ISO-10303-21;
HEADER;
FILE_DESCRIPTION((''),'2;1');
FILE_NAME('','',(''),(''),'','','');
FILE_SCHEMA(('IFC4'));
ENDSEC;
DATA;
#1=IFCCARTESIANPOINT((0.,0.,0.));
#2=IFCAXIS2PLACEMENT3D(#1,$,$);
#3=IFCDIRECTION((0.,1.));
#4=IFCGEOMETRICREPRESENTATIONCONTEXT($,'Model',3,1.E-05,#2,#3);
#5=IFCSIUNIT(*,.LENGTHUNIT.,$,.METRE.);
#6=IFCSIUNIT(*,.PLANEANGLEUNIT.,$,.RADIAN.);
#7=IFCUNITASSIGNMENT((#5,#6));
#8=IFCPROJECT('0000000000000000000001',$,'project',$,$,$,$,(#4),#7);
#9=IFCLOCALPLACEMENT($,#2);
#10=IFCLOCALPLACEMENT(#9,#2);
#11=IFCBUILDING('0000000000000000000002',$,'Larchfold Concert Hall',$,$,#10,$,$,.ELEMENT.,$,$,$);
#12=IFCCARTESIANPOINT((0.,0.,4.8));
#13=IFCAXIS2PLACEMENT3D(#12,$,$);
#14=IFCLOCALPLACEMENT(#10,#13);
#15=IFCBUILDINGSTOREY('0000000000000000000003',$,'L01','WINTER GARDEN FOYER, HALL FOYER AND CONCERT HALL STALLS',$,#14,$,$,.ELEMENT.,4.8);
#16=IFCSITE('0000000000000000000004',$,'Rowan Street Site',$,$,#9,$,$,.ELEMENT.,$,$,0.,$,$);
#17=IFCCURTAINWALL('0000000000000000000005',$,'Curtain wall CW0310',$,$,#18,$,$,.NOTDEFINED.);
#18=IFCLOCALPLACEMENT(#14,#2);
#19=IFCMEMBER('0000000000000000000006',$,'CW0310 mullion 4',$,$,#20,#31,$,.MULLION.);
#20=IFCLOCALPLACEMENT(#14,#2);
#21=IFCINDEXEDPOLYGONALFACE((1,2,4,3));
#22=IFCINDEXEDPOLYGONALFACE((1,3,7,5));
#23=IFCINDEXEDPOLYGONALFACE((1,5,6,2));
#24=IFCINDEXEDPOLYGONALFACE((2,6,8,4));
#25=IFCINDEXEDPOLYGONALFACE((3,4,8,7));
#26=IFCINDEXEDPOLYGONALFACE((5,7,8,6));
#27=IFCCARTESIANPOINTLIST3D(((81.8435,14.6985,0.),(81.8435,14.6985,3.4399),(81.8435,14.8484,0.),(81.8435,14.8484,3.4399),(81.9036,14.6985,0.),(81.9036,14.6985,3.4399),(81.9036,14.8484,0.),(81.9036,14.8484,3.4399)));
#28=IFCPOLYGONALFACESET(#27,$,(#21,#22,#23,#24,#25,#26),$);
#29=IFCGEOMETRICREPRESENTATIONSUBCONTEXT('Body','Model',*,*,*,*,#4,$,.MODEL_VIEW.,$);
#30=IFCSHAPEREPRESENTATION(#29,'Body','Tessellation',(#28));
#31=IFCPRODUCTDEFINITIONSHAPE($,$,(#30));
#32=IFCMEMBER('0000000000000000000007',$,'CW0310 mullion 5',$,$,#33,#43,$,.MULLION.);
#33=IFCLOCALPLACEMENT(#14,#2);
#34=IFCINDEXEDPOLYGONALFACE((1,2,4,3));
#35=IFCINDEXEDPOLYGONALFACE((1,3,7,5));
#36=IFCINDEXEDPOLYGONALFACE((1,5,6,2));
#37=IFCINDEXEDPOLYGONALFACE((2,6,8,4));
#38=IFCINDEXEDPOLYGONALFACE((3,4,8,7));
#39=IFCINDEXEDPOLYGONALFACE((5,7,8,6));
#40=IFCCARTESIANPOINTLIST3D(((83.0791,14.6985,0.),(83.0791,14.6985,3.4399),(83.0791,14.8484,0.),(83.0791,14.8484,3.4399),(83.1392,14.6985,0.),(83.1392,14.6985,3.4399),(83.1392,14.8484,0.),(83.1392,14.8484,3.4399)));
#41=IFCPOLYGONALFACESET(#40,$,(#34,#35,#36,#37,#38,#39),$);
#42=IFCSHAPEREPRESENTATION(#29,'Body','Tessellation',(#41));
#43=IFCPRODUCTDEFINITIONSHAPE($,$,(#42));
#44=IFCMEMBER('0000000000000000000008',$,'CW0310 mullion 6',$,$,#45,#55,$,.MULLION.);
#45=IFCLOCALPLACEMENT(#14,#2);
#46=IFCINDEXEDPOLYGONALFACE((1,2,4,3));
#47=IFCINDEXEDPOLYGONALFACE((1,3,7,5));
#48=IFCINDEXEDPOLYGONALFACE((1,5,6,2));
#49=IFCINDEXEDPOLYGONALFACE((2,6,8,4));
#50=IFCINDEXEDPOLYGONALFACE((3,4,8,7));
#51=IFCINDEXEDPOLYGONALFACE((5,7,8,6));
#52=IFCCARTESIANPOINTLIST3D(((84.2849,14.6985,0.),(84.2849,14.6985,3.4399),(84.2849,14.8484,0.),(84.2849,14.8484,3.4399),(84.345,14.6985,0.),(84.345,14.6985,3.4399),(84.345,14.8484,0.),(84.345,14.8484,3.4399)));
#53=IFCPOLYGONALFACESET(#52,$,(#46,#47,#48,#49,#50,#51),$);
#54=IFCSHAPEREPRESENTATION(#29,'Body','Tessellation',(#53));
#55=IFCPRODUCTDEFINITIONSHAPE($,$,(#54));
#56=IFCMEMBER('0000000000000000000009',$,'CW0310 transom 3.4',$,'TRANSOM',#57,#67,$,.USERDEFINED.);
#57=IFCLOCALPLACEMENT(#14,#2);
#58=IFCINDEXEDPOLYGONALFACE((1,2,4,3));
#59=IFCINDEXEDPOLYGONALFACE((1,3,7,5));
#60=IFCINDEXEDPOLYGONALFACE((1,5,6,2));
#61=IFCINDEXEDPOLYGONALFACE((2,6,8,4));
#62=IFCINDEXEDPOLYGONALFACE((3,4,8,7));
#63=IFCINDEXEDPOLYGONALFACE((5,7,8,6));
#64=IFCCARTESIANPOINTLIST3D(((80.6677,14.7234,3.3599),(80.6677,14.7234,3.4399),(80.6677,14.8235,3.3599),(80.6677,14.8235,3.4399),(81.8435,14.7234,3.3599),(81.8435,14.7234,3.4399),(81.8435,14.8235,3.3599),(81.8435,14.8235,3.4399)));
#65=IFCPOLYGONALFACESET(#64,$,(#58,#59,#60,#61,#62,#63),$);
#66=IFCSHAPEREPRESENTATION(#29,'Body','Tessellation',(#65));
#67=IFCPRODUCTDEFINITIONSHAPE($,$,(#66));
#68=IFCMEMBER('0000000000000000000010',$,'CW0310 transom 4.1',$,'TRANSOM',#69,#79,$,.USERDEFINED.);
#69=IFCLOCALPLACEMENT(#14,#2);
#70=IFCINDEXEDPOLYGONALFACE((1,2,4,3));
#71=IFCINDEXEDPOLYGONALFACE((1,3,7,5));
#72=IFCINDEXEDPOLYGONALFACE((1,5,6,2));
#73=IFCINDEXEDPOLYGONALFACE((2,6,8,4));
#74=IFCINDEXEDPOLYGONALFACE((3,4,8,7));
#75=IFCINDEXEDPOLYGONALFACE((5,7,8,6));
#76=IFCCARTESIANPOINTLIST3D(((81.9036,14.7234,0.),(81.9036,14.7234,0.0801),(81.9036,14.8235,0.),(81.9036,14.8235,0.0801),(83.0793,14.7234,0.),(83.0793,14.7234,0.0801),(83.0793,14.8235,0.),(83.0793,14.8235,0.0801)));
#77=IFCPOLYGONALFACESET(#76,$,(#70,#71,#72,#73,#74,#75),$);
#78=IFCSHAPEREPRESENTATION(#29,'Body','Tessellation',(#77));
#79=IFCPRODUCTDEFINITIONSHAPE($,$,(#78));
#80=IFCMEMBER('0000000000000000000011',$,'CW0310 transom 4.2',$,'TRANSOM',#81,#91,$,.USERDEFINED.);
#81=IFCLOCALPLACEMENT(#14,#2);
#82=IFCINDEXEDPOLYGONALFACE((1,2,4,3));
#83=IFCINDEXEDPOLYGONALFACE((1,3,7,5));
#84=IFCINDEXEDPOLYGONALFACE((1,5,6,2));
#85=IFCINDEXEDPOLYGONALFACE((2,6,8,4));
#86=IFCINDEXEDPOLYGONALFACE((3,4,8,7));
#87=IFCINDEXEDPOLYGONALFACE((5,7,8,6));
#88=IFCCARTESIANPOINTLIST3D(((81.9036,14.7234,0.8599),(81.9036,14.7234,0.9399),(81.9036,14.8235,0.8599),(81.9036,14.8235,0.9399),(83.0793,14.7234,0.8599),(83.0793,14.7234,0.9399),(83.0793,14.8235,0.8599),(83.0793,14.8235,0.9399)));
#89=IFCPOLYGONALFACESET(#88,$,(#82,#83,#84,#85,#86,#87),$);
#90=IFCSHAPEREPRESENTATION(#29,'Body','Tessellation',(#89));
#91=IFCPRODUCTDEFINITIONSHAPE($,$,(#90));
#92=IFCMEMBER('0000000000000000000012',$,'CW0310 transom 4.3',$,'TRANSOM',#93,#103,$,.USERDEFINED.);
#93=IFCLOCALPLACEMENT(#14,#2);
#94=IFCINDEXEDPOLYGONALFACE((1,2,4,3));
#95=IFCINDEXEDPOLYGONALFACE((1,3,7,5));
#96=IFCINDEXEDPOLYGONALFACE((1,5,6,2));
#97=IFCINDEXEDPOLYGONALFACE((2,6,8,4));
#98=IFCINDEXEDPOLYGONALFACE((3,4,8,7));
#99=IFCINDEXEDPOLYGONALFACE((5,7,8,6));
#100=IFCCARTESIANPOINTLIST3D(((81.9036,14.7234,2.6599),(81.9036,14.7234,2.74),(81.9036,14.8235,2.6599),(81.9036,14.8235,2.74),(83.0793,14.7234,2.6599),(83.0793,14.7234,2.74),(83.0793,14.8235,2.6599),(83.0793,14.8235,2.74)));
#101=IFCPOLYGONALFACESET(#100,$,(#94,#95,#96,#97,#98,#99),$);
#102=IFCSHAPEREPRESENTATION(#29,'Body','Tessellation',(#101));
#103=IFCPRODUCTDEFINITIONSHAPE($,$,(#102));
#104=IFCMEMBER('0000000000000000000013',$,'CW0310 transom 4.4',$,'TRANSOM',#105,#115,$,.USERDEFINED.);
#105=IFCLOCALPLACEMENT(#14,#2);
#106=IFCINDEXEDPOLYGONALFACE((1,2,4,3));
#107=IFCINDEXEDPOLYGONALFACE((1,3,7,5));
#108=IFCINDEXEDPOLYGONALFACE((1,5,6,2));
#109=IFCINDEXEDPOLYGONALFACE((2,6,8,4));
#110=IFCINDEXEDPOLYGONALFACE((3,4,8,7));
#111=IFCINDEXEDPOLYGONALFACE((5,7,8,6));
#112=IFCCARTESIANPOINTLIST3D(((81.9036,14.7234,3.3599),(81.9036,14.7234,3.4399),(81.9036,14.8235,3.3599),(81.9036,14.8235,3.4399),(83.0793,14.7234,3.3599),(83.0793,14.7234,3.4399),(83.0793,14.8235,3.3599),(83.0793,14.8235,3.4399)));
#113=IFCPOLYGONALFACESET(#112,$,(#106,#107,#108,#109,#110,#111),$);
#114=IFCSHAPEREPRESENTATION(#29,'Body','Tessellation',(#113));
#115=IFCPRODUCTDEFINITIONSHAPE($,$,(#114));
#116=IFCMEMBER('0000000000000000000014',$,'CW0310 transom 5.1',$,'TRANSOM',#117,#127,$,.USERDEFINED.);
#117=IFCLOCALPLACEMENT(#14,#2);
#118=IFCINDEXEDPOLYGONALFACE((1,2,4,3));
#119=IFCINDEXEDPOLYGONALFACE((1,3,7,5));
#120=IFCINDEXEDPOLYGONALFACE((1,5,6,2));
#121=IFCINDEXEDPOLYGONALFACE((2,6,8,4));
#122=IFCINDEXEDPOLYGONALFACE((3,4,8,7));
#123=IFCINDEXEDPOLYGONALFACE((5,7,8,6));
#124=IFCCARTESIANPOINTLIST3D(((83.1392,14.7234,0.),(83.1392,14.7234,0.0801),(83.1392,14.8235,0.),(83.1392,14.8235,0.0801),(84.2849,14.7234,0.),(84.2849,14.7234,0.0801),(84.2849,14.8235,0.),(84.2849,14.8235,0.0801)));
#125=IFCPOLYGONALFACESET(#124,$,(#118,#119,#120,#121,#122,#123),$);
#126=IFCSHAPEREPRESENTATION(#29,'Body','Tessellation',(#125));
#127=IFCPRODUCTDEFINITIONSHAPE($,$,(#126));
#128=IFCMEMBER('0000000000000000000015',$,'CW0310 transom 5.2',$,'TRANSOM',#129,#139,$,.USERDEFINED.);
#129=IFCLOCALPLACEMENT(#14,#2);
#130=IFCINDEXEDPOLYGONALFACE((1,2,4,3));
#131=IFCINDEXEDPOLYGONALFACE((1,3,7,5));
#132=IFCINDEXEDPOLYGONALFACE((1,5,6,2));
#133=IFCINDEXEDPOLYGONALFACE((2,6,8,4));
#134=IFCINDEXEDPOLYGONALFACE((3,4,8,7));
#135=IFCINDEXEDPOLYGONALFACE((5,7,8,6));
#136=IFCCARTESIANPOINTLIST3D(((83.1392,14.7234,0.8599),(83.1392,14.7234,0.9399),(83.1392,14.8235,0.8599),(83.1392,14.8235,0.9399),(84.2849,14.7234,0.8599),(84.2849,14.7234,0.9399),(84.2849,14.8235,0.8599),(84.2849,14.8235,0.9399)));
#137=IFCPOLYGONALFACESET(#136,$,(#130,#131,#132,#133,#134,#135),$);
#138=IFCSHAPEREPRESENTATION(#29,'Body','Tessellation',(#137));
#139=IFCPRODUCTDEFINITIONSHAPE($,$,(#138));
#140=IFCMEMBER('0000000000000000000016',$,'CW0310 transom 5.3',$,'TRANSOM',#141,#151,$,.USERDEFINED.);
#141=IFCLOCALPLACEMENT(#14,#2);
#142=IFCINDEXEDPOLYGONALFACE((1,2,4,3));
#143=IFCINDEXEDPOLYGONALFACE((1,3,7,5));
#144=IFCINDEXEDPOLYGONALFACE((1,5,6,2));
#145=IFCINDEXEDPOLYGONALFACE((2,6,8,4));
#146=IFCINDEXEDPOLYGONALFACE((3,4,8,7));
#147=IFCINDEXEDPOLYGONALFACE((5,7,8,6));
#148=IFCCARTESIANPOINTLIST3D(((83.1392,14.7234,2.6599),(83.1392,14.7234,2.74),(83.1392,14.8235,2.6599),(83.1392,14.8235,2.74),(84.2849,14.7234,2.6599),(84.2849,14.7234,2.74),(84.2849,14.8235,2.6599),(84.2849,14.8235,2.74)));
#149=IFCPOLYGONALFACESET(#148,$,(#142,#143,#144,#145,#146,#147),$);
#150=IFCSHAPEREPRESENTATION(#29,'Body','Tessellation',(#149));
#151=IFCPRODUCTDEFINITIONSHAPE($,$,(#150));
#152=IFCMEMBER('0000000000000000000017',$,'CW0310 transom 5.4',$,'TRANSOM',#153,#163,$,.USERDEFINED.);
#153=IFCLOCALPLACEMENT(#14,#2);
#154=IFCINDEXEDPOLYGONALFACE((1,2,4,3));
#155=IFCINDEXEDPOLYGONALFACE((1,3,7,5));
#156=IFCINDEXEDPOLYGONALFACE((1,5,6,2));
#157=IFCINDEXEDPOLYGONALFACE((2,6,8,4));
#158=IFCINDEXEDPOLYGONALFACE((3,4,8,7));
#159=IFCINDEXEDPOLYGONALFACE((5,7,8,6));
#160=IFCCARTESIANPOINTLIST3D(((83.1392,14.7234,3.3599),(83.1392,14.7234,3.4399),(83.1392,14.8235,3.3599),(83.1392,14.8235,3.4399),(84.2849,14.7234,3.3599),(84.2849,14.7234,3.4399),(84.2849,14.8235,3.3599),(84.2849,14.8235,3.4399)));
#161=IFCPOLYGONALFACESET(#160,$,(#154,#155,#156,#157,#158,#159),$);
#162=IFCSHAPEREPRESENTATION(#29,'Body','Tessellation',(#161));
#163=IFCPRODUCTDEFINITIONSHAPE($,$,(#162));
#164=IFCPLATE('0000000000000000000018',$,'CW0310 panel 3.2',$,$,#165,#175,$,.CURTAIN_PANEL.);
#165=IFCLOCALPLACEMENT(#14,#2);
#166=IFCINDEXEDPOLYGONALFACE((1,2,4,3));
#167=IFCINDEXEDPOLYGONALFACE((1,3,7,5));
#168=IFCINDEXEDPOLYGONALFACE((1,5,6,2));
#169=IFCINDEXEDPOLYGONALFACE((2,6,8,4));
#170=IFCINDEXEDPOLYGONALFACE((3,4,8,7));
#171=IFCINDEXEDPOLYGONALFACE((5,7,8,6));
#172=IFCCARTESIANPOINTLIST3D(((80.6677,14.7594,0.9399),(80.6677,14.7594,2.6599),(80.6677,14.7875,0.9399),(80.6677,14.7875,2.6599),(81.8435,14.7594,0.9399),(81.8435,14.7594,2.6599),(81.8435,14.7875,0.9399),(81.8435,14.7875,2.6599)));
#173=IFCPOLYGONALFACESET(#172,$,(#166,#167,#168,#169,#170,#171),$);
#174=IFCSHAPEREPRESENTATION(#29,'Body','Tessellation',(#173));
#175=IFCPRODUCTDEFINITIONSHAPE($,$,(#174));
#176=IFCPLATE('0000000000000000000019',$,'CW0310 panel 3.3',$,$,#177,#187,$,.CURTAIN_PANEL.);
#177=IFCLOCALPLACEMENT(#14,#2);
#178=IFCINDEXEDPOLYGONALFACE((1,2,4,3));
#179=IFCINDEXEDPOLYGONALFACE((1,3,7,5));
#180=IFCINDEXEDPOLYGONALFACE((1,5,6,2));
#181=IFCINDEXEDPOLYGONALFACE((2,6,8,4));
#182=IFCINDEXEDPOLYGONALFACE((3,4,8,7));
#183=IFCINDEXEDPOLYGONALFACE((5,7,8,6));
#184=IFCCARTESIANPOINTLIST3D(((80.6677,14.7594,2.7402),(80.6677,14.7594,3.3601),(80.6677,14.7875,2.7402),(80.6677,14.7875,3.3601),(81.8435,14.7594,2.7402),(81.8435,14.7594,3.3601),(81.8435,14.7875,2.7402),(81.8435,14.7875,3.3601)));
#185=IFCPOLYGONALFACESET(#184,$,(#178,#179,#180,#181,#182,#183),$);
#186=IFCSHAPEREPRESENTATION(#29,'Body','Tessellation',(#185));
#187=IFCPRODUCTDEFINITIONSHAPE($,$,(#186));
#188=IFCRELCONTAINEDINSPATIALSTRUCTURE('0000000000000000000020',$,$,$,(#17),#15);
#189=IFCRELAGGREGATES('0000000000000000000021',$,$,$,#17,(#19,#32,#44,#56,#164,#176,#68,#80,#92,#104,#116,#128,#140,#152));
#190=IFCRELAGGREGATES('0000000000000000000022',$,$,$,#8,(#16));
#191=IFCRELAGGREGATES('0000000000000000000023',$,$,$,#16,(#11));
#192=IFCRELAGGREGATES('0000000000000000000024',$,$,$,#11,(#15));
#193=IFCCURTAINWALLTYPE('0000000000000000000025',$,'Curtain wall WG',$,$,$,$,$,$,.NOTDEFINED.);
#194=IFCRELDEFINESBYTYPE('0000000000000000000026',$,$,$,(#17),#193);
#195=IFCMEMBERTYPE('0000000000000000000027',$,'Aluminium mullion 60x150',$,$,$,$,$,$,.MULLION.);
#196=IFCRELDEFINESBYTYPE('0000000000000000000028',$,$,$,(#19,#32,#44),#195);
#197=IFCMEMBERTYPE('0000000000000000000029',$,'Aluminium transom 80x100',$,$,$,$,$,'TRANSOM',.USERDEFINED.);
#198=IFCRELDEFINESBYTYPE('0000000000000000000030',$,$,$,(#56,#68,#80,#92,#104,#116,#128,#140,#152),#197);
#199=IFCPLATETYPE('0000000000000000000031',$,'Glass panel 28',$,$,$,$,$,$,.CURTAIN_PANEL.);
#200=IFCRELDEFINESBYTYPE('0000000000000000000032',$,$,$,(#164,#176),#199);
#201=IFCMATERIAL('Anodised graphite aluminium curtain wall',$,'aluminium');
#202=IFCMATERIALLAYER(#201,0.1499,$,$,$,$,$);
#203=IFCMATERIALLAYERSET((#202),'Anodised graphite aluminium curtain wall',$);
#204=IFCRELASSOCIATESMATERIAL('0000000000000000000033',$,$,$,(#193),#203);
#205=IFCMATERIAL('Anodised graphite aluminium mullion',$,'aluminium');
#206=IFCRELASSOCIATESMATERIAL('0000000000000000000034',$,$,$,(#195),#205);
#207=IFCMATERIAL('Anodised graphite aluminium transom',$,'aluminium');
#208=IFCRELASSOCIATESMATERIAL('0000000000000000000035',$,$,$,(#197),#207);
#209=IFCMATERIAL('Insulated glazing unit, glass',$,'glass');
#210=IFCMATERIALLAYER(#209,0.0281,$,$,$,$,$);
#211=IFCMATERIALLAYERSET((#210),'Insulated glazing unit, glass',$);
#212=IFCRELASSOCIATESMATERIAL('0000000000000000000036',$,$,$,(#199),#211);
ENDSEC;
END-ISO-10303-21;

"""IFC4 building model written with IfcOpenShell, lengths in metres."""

from ifc_helpers import new_model, si_unit, direction, frame, origin, origin_2d, place, context, subcontext, project, spatial, rectangle, extrude, material, layer, layer_set, material_profile, profile_set, type_object, element, aggregate, save


model = new_model("IFC4")

# Units and contexts
model_context = context("Model", 3, precision=1e-05, world=origin(), true_north=direction((0.0, 1.0)))
body_context = subcontext(model_context, "Body", "Model", "MODEL_VIEW")
ifc_project = project(units=[si_unit("LENGTHUNIT", "METRE"), si_unit("PLANEANGLEUNIT", "RADIAN")], contexts=[model_context])

# Site, building, storey
site_placement = place(None, origin())
site = spatial("IfcSite", under=ifc_project, at=site_placement, Name="Rowan Street Site", CompositionType="ELEMENT", RefElevation=0.0)
building_placement = place(site_placement, origin())
building = spatial("IfcBuilding", under=site, at=building_placement, Name="Larchfold Concert Hall", CompositionType="ELEMENT")
storey_placement = place(building_placement, frame((0.0, 0.0, 4.8)))
storey = spatial("IfcBuildingStorey", under=building, at=storey_placement, Name="L01", Description="WINTER GARDEN FOYER, HALL FOYER AND CONCERT HALL STALLS", CompositionType="ELEMENT", Elevation=4.8)

# Curtain wall, members, plates
ifc_material_1 = material(Name="Anodised graphite aluminium curtain wall", Category="aluminium")
ifc_layer_1 = layer(ifc_material_1, 0.1499)
ifc_layer_set_1 = layer_set([ifc_layer_1], Name="Anodised graphite aluminium curtain wall")
curtain_wall_type = type_object("IfcCurtainWallType", Name="Curtain wall WG", PredefinedType="NOTDEFINED", material=ifc_layer_set_1)
curtain_wall_placement = place(storey_placement, origin())
curtain_wall = element("IfcCurtainWall", 1, at=curtain_wall_placement, inside=storey, type_object=curtain_wall_type, Name="Curtain wall CW0310", PredefinedType="NOTDEFINED")
ifc_material_2 = material(Name="Anodised graphite aluminium mullion", Category="aluminium")
ifc_material_profile_1 = material_profile(ifc_material_2, rectangle(XDim=0.1499, YDim=0.0601, at=origin_2d()))
ifc_profile_set_1 = profile_set([ifc_material_profile_1], Name="Anodised graphite aluminium mullion")
member_type_1 = type_object("IfcMemberType", Name="Aluminium mullion 60x150", PredefinedType="MULLION", material=ifc_profile_set_1)
member_1_placement = place(storey_placement, frame((81.8735, 14.7734, 0.0), z_axis=(0.0, 0.0, 1.0), x_axis=(0.0, 1.0, 0.0)))
member_1 = element("IfcMember", 2, at=member_1_placement, type_object=member_type_1, Name="CW0310 mullion 4", PredefinedType="MULLION", context=body_context, shape_type="SweptSolid", body=[
    extrude(rectangle(XDim=0.1499, YDim=0.0601, at=origin_2d()), origin(), (0.0, 0.0, 1.0), 3.4399),
])
member_2_placement = place(storey_placement, frame((83.1091, 14.7734, 0.0), z_axis=(0.0, 0.0, 1.0), x_axis=(0.0, 1.0, 0.0)))
member_2 = element("IfcMember", 3, at=member_2_placement, type_object=member_type_1, Name="CW0310 mullion 5", PredefinedType="MULLION", context=body_context, shape_type="SweptSolid", body=[
    extrude(rectangle(XDim=0.1499, YDim=0.0601, at=origin_2d()), origin(), (0.0, 0.0, 1.0), 3.4399),
])
member_3_placement = place(storey_placement, frame((84.3149, 14.7734, 0.0), z_axis=(0.0, 0.0, 1.0), x_axis=(0.0, 1.0, 0.0)))
member_3 = element("IfcMember", 4, at=member_3_placement, type_object=member_type_1, Name="CW0310 mullion 6", PredefinedType="MULLION", context=body_context, shape_type="SweptSolid", body=[
    extrude(rectangle(XDim=0.1499, YDim=0.0601, at=origin_2d()), origin(), (0.0, 0.0, 1.0), 3.4399),
])
ifc_material_3 = material(Name="Anodised graphite aluminium transom", Category="aluminium")
ifc_material_profile_2 = material_profile(ifc_material_3, rectangle(XDim=0.1001, YDim=0.0801, at=origin_2d()))
ifc_profile_set_2 = profile_set([ifc_material_profile_2], Name="Anodised graphite aluminium transom")
member_type_2 = type_object("IfcMemberType", Name="Aluminium transom 80x100", ElementType="TRANSOM", PredefinedType="USERDEFINED", material=ifc_profile_set_2)
member_4_placement = place(storey_placement, frame((80.6677, 14.7734, 3.3999), z_axis=(1.0, 0.0, 0.0), x_axis=(0.0, 1.0, 0.0)))
member_4 = element("IfcMember", 5, at=member_4_placement, type_object=member_type_2, Name="CW0310 transom 3.4", ObjectType="TRANSOM", PredefinedType="USERDEFINED", context=body_context, shape_type="SweptSolid", body=[
    extrude(rectangle(XDim=0.1001, YDim=0.0801, at=origin_2d()), origin(), (0.0, 0.0, 1.0), 1.1758),
])
member_5_placement = place(storey_placement, frame((81.9036, 14.7734, 0.04), z_axis=(1.0, 0.0, 0.0), x_axis=(0.0, 1.0, 0.0)))
member_5 = element("IfcMember", 6, at=member_5_placement, type_object=member_type_2, Name="CW0310 transom 4.1", ObjectType="TRANSOM", PredefinedType="USERDEFINED", context=body_context, shape_type="SweptSolid", body=[
    extrude(rectangle(XDim=0.1001, YDim=0.0801, at=origin_2d()), origin(), (0.0, 0.0, 1.0), 1.1758),
])
member_6_placement = place(storey_placement, frame((81.9036, 14.7734, 0.8999), z_axis=(1.0, 0.0, 0.0), x_axis=(0.0, 1.0, 0.0)))
member_6 = element("IfcMember", 7, at=member_6_placement, type_object=member_type_2, Name="CW0310 transom 4.2", ObjectType="TRANSOM", PredefinedType="USERDEFINED", context=body_context, shape_type="SweptSolid", body=[
    extrude(rectangle(XDim=0.1001, YDim=0.0801, at=origin_2d()), origin(), (0.0, 0.0, 1.0), 1.1758),
])
member_7_placement = place(storey_placement, frame((81.9036, 14.7734, 2.7), z_axis=(1.0, 0.0, 0.0), x_axis=(0.0, 1.0, 0.0)))
member_7 = element("IfcMember", 8, at=member_7_placement, type_object=member_type_2, Name="CW0310 transom 4.3", ObjectType="TRANSOM", PredefinedType="USERDEFINED", context=body_context, shape_type="SweptSolid", body=[
    extrude(rectangle(XDim=0.1001, YDim=0.0801, at=origin_2d()), origin(), (0.0, 0.0, 1.0), 1.1758),
])
member_8_placement = place(storey_placement, frame((81.9036, 14.7734, 3.3999), z_axis=(1.0, 0.0, 0.0), x_axis=(0.0, 1.0, 0.0)))
member_8 = element("IfcMember", 9, at=member_8_placement, type_object=member_type_2, Name="CW0310 transom 4.4", ObjectType="TRANSOM", PredefinedType="USERDEFINED", context=body_context, shape_type="SweptSolid", body=[
    extrude(rectangle(XDim=0.1001, YDim=0.0801, at=origin_2d()), origin(), (0.0, 0.0, 1.0), 1.1758),
])
member_9_placement = place(storey_placement, frame((83.1392, 14.7734, 0.04), z_axis=(1.0, 0.0, 0.0), x_axis=(0.0, 1.0, 0.0)))
member_9 = element("IfcMember", 10, at=member_9_placement, type_object=member_type_2, Name="CW0310 transom 5.1", ObjectType="TRANSOM", PredefinedType="USERDEFINED", context=body_context, shape_type="SweptSolid", body=[
    extrude(rectangle(XDim=0.1001, YDim=0.0801, at=origin_2d()), origin(), (0.0, 0.0, 1.0), 1.1458),
])
member_10_placement = place(storey_placement, frame((83.1392, 14.7734, 0.8999), z_axis=(1.0, 0.0, 0.0), x_axis=(0.0, 1.0, 0.0)))
member_10 = element("IfcMember", 11, at=member_10_placement, type_object=member_type_2, Name="CW0310 transom 5.2", ObjectType="TRANSOM", PredefinedType="USERDEFINED", context=body_context, shape_type="SweptSolid", body=[
    extrude(rectangle(XDim=0.1001, YDim=0.0801, at=origin_2d()), origin(), (0.0, 0.0, 1.0), 1.1458),
])
member_11_placement = place(storey_placement, frame((83.1392, 14.7734, 2.7), z_axis=(1.0, 0.0, 0.0), x_axis=(0.0, 1.0, 0.0)))
member_11 = element("IfcMember", 12, at=member_11_placement, type_object=member_type_2, Name="CW0310 transom 5.3", ObjectType="TRANSOM", PredefinedType="USERDEFINED", context=body_context, shape_type="SweptSolid", body=[
    extrude(rectangle(XDim=0.1001, YDim=0.0801, at=origin_2d()), origin(), (0.0, 0.0, 1.0), 1.1458),
])
member_12_placement = place(storey_placement, frame((83.1392, 14.7734, 3.3999), z_axis=(1.0, 0.0, 0.0), x_axis=(0.0, 1.0, 0.0)))
member_12 = element("IfcMember", 13, at=member_12_placement, type_object=member_type_2, Name="CW0310 transom 5.4", ObjectType="TRANSOM", PredefinedType="USERDEFINED", context=body_context, shape_type="SweptSolid", body=[
    extrude(rectangle(XDim=0.1001, YDim=0.0801, at=origin_2d()), origin(), (0.0, 0.0, 1.0), 1.1458),
])
ifc_material_4 = material(Name="Insulated glazing unit, glass", Category="glass")
ifc_layer_2 = layer(ifc_material_4, 0.0281)
ifc_layer_set_2 = layer_set([ifc_layer_2], Name="Insulated glazing unit, glass")
plate_type_1 = type_object("IfcPlateType", Name="Glass panel 28", PredefinedType="CURTAIN_PANEL", material=ifc_layer_set_2)
plate_1_placement = place(storey_placement, frame((81.2556, 14.7734, 0.9399), z_axis=(0.0, 0.0, 1.0), x_axis=(1.0, 0.0, 0.0)))
plate_1 = element("IfcPlate", 14, at=plate_1_placement, type_object=plate_type_1, Name="CW0310 panel 3.2", PredefinedType="CURTAIN_PANEL", context=body_context, shape_type="SweptSolid", body=[
    extrude(rectangle(XDim=1.1758, YDim=0.0281, at=origin_2d()), origin(), (0.0, 0.0, 1.0), 1.72),
])
plate_2_placement = place(storey_placement, frame((81.2556, 14.7734, 2.7402), z_axis=(0.0, 0.0, 1.0), x_axis=(1.0, 0.0, 0.0)))
plate_2 = element("IfcPlate", 15, at=plate_2_placement, type_object=plate_type_1, Name="CW0310 panel 3.3", PredefinedType="CURTAIN_PANEL", context=body_context, shape_type="SweptSolid", body=[
    extrude(rectangle(XDim=1.1758, YDim=0.0281, at=origin_2d()), origin(), (0.0, 0.0, 1.0), 0.6199),
])
aggregate(curtain_wall, [member_1, member_2, member_3, member_4, plate_1, plate_2, member_5, member_6, member_7, member_8, member_9, member_10, member_11, member_12])

save(model, "model.ifc")
